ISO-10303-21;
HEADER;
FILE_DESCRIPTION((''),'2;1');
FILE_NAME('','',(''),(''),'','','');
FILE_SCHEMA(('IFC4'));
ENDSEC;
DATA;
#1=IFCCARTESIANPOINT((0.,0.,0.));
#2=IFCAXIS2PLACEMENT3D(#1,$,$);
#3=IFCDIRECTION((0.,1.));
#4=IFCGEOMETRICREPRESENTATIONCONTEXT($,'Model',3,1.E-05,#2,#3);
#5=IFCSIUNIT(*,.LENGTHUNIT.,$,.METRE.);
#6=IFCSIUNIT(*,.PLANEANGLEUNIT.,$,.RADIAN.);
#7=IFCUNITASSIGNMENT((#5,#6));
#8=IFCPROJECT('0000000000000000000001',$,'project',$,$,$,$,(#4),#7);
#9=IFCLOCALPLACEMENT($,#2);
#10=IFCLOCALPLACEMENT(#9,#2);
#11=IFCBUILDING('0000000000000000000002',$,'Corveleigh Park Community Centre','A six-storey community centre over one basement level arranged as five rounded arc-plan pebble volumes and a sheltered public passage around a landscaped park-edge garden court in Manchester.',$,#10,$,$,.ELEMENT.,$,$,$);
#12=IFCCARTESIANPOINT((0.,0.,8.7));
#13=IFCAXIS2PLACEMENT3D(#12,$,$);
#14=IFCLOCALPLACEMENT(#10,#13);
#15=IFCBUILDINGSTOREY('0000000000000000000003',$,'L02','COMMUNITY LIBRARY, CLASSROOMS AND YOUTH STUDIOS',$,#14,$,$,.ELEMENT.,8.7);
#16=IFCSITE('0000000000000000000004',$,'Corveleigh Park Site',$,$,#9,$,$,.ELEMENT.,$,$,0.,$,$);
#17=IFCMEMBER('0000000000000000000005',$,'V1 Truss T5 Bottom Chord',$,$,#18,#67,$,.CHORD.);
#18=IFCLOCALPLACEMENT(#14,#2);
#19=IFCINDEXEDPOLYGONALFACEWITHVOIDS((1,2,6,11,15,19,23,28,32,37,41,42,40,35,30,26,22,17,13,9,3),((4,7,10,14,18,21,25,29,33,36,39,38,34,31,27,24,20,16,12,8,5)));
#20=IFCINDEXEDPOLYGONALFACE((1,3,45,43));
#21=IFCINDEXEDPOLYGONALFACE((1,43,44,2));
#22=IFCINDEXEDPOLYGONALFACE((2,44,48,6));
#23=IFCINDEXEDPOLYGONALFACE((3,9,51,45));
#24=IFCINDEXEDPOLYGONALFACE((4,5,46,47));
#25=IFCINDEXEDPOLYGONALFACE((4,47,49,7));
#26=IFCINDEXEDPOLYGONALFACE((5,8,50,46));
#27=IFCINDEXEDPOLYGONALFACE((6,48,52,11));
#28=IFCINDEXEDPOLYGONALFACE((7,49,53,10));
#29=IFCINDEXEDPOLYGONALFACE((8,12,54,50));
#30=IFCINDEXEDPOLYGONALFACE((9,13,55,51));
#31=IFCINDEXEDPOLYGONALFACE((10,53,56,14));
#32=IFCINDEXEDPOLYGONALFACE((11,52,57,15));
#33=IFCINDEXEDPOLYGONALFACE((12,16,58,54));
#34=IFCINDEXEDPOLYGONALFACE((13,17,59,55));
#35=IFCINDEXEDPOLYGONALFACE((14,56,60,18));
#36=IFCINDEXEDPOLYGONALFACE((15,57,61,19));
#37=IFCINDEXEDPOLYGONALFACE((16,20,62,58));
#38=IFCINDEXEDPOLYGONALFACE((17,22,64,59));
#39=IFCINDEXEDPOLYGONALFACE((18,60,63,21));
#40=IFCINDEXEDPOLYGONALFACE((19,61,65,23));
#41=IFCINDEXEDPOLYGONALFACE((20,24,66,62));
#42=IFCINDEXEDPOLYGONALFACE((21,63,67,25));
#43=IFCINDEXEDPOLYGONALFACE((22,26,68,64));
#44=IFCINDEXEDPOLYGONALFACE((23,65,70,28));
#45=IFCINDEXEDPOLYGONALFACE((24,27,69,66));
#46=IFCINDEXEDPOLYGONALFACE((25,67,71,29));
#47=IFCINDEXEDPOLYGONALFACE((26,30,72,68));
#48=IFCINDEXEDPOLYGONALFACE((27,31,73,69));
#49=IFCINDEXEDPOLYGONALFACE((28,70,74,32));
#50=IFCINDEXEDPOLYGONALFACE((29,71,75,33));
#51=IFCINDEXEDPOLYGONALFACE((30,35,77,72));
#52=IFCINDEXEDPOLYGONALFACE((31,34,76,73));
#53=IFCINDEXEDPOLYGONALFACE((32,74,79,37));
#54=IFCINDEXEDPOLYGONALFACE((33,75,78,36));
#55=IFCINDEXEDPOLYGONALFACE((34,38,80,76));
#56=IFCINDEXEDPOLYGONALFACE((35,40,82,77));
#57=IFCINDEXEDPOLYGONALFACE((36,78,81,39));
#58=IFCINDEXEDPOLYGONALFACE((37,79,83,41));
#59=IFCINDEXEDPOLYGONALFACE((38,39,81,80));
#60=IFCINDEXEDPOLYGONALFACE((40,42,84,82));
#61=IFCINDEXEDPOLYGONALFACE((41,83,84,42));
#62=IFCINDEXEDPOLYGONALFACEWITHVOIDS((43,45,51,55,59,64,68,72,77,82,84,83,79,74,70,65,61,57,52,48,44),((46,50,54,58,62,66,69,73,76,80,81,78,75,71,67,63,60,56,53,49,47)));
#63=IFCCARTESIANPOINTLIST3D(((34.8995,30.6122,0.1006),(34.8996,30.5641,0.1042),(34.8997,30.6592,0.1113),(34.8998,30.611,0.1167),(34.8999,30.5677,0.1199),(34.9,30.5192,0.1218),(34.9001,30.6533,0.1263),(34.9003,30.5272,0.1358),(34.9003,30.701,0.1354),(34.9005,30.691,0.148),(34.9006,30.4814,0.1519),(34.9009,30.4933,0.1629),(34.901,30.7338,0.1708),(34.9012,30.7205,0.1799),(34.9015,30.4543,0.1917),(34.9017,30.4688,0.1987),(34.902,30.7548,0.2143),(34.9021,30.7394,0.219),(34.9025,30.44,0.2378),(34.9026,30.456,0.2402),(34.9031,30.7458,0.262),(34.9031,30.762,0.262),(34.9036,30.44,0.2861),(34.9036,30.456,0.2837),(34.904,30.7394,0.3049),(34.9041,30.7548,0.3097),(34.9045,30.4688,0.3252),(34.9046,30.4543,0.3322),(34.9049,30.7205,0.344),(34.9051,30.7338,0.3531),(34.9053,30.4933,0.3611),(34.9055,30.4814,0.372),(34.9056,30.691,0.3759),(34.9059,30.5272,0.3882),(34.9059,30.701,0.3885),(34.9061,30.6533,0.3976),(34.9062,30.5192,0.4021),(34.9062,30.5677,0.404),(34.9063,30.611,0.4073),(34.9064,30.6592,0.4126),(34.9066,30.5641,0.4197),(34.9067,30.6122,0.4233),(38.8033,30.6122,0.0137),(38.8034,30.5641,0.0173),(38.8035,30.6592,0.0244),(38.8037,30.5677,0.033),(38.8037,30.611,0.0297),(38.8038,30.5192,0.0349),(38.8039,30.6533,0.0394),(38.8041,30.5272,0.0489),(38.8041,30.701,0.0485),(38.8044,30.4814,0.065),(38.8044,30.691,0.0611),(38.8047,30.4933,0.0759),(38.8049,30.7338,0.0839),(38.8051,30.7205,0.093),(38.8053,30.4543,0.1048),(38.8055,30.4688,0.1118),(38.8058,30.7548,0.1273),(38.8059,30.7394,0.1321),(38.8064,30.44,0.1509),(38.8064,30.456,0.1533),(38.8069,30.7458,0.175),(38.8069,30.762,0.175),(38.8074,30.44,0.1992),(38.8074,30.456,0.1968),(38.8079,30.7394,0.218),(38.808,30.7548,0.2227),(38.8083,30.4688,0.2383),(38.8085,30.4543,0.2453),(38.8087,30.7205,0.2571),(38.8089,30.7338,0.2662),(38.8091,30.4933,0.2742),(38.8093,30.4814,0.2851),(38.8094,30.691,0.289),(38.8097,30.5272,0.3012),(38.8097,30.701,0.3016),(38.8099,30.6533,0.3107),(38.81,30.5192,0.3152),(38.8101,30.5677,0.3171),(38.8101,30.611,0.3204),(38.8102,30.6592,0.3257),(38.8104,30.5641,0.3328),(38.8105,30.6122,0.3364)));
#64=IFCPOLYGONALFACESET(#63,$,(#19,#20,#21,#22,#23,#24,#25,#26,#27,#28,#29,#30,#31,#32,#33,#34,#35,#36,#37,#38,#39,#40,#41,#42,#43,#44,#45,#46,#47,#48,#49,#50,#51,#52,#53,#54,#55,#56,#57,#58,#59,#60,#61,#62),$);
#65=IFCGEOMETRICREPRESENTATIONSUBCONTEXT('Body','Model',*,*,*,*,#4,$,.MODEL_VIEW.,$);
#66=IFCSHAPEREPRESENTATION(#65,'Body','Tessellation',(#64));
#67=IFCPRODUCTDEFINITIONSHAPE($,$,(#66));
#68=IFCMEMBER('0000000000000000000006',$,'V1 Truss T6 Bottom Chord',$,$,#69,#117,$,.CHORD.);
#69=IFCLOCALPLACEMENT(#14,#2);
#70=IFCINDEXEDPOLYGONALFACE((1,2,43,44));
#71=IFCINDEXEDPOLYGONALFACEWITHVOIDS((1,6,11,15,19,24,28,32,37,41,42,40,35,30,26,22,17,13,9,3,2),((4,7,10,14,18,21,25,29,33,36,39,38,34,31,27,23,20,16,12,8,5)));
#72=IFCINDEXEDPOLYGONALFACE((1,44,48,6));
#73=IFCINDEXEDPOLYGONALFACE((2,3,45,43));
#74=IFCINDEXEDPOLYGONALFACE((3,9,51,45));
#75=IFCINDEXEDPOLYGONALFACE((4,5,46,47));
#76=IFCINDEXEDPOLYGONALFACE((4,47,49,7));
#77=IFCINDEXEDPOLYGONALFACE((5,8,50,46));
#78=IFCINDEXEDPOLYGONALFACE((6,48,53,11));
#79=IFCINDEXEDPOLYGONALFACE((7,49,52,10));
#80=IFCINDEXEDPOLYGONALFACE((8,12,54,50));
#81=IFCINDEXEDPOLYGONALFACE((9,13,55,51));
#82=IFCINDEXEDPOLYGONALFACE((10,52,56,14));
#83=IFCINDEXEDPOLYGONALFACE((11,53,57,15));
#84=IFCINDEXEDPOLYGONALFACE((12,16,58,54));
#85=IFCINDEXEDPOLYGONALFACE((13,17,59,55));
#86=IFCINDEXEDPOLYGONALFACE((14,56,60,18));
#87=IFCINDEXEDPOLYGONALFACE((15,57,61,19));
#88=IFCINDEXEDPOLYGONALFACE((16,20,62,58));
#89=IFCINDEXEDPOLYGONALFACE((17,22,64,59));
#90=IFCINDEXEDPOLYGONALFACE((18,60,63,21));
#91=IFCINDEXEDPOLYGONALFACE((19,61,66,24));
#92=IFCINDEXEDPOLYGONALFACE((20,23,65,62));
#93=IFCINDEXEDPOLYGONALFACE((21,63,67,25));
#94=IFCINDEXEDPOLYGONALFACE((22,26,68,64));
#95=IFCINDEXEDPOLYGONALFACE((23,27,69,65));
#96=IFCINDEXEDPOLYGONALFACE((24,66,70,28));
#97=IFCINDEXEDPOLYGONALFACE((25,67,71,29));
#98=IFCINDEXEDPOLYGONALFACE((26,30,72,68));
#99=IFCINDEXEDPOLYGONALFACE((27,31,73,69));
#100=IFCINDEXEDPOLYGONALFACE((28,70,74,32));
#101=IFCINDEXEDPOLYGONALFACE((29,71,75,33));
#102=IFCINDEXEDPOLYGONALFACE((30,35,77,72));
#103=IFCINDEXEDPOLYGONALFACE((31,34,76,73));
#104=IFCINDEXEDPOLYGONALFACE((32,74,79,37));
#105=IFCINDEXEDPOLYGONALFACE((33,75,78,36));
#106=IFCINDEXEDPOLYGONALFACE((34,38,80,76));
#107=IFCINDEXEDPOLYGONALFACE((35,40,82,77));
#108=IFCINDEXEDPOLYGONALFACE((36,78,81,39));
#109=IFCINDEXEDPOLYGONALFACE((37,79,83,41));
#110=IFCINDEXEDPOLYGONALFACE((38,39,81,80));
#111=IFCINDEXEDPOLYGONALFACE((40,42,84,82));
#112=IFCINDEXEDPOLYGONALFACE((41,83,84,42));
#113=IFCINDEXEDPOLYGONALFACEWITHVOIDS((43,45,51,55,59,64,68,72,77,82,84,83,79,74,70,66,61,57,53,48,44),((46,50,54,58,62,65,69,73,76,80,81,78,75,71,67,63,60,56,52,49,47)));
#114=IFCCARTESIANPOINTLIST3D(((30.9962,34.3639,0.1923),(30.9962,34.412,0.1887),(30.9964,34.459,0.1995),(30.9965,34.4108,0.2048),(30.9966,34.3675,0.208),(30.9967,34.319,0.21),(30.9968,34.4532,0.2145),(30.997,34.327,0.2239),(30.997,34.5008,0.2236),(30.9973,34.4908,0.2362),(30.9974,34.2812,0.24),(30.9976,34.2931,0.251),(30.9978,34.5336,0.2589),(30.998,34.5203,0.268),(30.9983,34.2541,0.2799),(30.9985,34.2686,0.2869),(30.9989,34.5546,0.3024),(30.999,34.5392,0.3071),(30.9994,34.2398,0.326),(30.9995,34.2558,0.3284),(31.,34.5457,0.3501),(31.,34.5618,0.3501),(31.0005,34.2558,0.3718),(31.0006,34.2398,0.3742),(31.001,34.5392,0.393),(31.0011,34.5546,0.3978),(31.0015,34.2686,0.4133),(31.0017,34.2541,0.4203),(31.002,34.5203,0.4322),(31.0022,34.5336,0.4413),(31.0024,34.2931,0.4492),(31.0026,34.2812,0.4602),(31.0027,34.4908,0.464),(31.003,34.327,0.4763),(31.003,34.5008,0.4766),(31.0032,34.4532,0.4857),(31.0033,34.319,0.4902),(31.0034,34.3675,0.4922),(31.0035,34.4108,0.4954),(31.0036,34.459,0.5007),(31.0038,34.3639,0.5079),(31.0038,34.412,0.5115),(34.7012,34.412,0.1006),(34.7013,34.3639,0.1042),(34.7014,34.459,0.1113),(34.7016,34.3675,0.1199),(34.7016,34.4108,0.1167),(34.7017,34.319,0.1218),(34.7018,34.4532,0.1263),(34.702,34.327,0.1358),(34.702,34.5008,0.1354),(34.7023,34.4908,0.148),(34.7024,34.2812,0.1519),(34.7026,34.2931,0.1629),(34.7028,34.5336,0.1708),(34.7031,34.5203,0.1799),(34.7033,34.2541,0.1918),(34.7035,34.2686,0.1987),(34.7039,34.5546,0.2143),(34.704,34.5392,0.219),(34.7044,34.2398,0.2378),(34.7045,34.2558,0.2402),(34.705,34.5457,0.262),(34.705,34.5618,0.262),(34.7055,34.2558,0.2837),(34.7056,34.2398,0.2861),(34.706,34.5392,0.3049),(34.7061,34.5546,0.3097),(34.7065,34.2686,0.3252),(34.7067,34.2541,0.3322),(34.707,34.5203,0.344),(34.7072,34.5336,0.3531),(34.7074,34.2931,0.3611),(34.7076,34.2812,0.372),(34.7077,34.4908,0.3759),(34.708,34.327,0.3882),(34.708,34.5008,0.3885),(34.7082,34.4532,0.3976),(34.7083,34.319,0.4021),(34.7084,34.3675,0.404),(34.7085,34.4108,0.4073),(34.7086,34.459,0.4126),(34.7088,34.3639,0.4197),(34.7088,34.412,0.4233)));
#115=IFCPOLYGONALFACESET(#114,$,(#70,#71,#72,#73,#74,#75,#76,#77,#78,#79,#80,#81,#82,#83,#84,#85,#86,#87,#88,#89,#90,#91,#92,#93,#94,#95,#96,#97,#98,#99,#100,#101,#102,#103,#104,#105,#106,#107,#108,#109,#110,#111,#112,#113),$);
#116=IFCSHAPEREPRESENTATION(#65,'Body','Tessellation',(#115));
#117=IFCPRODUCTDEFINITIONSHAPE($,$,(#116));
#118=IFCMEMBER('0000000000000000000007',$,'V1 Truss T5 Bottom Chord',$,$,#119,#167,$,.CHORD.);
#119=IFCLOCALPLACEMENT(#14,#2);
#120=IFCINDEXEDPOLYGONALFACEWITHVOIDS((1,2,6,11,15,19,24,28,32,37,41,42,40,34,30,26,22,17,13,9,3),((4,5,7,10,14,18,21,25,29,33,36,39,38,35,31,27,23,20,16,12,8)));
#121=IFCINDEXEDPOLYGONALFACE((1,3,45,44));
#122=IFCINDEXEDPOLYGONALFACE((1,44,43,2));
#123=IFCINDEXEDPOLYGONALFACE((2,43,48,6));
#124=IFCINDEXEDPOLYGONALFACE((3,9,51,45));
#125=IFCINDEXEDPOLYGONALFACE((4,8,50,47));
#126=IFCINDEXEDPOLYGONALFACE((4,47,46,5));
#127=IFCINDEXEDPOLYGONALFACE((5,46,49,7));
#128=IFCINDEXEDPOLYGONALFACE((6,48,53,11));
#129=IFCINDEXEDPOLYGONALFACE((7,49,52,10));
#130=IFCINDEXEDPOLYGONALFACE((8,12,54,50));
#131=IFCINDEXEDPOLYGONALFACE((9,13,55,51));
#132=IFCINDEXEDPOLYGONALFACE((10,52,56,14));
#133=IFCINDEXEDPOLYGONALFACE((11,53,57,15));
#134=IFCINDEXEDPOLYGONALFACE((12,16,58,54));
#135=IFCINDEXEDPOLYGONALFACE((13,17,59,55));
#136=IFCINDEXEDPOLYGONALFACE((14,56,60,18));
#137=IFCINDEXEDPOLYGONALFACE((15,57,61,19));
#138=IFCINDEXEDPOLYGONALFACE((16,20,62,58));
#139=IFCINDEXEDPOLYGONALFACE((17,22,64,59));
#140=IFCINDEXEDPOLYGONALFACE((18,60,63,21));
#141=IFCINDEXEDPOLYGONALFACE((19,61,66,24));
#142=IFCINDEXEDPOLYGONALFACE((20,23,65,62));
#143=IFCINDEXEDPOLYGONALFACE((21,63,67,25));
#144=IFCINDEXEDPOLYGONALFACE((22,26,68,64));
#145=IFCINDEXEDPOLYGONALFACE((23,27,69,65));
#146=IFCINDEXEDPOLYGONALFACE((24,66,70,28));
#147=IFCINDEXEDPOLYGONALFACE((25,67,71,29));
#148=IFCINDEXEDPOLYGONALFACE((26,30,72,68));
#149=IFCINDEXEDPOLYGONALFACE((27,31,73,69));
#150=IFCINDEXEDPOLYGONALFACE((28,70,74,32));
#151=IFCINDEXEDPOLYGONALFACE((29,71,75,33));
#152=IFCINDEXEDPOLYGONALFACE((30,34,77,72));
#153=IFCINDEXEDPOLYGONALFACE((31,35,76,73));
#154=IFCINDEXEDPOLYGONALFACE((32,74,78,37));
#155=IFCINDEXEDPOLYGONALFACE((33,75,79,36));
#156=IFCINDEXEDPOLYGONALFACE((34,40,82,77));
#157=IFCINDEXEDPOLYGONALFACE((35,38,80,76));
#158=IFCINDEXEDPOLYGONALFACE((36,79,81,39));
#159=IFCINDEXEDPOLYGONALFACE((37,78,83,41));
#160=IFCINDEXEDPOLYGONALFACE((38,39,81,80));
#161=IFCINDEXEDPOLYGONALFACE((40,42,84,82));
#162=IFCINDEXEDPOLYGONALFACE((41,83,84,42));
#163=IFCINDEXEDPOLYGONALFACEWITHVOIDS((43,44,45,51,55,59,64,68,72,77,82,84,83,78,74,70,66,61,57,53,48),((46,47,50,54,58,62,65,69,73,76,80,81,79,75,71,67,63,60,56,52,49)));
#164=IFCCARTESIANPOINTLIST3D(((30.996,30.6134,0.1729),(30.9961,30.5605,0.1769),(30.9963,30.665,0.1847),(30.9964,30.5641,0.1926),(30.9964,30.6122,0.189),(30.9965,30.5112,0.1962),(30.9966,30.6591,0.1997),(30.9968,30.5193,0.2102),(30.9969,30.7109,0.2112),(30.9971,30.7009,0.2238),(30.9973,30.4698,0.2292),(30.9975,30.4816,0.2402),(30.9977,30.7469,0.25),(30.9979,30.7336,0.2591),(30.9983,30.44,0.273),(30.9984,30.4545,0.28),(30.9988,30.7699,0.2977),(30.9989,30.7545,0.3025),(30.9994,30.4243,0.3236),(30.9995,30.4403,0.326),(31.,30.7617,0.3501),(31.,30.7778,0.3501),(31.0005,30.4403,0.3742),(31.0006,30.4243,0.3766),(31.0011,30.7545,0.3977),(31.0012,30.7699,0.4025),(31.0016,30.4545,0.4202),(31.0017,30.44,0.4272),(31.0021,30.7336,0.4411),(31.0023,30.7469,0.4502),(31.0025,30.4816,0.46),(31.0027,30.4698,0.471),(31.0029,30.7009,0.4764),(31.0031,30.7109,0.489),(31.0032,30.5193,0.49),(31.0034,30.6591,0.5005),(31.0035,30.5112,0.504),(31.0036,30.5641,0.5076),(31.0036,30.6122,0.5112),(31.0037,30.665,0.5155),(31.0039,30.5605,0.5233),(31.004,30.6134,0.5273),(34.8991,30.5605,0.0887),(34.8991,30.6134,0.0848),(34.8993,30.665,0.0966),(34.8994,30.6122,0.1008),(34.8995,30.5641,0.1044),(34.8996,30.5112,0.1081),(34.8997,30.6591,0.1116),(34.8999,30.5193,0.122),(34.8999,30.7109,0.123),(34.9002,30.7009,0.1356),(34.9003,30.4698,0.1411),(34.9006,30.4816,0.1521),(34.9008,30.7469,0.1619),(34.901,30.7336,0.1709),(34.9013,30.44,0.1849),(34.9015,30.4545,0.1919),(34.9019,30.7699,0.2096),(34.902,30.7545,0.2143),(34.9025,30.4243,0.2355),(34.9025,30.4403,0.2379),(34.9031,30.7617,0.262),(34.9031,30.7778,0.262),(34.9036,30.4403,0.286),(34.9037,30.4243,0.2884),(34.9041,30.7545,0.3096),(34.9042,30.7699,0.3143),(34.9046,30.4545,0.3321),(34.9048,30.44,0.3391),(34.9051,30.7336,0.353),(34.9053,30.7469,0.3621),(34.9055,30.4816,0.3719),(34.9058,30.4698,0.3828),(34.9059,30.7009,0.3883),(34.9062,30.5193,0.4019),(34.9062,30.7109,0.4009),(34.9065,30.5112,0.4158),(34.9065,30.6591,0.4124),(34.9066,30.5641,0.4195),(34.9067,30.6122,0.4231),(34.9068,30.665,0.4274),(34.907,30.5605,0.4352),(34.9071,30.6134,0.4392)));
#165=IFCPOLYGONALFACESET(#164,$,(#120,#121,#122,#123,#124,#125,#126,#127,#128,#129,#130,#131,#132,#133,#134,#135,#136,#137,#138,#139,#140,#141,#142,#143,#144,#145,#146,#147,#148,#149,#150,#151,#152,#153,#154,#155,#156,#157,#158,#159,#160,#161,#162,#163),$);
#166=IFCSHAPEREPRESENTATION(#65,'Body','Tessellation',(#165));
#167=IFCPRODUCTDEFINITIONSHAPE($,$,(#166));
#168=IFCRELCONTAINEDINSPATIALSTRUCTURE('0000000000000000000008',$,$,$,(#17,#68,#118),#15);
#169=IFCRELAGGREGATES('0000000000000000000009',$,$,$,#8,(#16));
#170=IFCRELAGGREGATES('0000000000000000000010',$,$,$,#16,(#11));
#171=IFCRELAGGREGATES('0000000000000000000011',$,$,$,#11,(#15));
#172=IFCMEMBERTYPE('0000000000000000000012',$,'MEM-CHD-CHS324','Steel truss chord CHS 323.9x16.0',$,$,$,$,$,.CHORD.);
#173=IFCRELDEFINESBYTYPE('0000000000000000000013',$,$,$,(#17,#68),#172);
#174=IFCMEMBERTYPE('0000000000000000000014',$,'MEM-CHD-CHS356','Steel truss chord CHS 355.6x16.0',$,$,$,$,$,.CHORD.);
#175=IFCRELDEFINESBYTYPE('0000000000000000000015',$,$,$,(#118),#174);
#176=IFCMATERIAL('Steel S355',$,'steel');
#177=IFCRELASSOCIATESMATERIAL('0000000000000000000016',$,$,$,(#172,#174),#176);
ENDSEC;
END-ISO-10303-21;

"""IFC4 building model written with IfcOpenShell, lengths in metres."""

from ifc_helpers import new_model, si_unit, direction, frame, origin, origin_2d, place, context, subcontext, project, spatial, hollow_circle, extrude, material, material_profile, profile_set, type_object, element, save


model = new_model("IFC4")

# Units and contexts
model_context = context("Model", 3, precision=1e-05, world=origin(), true_north=direction((0.0, 1.0)))
body_context = subcontext(model_context, "Body", "Model", "MODEL_VIEW")
ifc_project = project(units=[si_unit("LENGTHUNIT", "METRE"), si_unit("PLANEANGLEUNIT", "RADIAN")], contexts=[model_context])

# Site, building, storey
site_placement = place(None, origin())
site = spatial("IfcSite", under=ifc_project, at=site_placement, Name="Corveleigh Park Site", CompositionType="ELEMENT", RefElevation=0.0)
building_placement = place(site_placement, origin())
building = spatial("IfcBuilding", under=site, at=building_placement, Name="Corveleigh Park Community Centre", Description="A six-storey community centre over one basement level arranged as five rounded arc-plan pebble volumes and a sheltered public passage around a landscaped park-edge garden court in Manchester.", CompositionType="ELEMENT")
storey_placement = place(building_placement, frame((0.0, 0.0, 8.7)))
storey = spatial("IfcBuildingStorey", under=building, at=storey_placement, Name="L02", Description="COMMUNITY LIBRARY, CLASSROOMS AND YOUTH STUDIOS", CompositionType="ELEMENT", Elevation=8.7)

# Shared definitions
ifc_material_1 = material(Name="Steel S355", Category="steel")

# Members
ifc_material_profile_1 = material_profile(ifc_material_1, hollow_circle(Radius=0.1619, WallThickness=0.0161, at=origin_2d()), Name="CHS 323.9x16.0", Category="steel")
ifc_profile_set_1 = profile_set([ifc_material_profile_1], Name="Steel S355")
member_type_1 = type_object("IfcMemberType", Name="MEM-CHD-CHS324", Description="Steel truss chord CHS 323.9x16.0", PredefinedType="CHORD", material=ifc_profile_set_1)
member_1_placement = place(storey_placement, frame((34.9031, 30.6001, 0.262), z_axis=(0.999752, 0.0, -0.022258), x_axis=(0.0, 1.0, 0.0)))
element("IfcMember", 1, at=member_1_placement, inside=storey, type_object=member_type_1, Name="V1 Truss T5 Bottom Chord", PredefinedType="CHORD", context=body_context, shape_type="SweptSolid", body=[
    extrude(hollow_circle(Radius=0.1619, WallThickness=0.0161, at=origin_2d()), origin(), (0.0, 0.0, 1.0), 3.9048),
])
member_2_placement = place(storey_placement, frame((31.0, 34.3999, 0.3501), z_axis=(0.999717, 0.0, -0.023781), x_axis=(0.0, 1.0, 0.0)))
element("IfcMember", 2, at=member_2_placement, inside=storey, type_object=member_type_1, Name="V1 Truss T6 Bottom Chord", PredefinedType="CHORD", context=body_context, shape_type="SweptSolid", body=[
    extrude(hollow_circle(Radius=0.1619, WallThickness=0.0161, at=origin_2d()), origin(), (0.0, 0.0, 1.0), 3.7061),
])
ifc_material_profile_2 = material_profile(ifc_material_1, hollow_circle(Radius=0.1777, WallThickness=0.0161, at=origin_2d()), Name="CHS 355.6x16.0", Category="steel")
ifc_profile_set_2 = profile_set([ifc_material_profile_2], Name="Steel S355")
member_type_2 = type_object("IfcMemberType", Name="MEM-CHD-CHS356", Description="Steel truss chord CHS 355.6x16.0", PredefinedType="CHORD", material=ifc_profile_set_2)
member_3_placement = place(storey_placement, frame((31.0, 30.6001, 0.3501), z_axis=(0.999745, 0.0, -0.022575), x_axis=(0.0, 1.0, 0.0)))
element("IfcMember", 3, at=member_3_placement, inside=storey, type_object=member_type_2, Name="V1 Truss T5 Bottom Chord", PredefinedType="CHORD", context=body_context, shape_type="SweptSolid", body=[
    extrude(hollow_circle(Radius=0.1777, WallThickness=0.0161, at=origin_2d()), origin(), (0.0, 0.0, 1.0), 3.9041),
])

save(model, "model.ifc")
